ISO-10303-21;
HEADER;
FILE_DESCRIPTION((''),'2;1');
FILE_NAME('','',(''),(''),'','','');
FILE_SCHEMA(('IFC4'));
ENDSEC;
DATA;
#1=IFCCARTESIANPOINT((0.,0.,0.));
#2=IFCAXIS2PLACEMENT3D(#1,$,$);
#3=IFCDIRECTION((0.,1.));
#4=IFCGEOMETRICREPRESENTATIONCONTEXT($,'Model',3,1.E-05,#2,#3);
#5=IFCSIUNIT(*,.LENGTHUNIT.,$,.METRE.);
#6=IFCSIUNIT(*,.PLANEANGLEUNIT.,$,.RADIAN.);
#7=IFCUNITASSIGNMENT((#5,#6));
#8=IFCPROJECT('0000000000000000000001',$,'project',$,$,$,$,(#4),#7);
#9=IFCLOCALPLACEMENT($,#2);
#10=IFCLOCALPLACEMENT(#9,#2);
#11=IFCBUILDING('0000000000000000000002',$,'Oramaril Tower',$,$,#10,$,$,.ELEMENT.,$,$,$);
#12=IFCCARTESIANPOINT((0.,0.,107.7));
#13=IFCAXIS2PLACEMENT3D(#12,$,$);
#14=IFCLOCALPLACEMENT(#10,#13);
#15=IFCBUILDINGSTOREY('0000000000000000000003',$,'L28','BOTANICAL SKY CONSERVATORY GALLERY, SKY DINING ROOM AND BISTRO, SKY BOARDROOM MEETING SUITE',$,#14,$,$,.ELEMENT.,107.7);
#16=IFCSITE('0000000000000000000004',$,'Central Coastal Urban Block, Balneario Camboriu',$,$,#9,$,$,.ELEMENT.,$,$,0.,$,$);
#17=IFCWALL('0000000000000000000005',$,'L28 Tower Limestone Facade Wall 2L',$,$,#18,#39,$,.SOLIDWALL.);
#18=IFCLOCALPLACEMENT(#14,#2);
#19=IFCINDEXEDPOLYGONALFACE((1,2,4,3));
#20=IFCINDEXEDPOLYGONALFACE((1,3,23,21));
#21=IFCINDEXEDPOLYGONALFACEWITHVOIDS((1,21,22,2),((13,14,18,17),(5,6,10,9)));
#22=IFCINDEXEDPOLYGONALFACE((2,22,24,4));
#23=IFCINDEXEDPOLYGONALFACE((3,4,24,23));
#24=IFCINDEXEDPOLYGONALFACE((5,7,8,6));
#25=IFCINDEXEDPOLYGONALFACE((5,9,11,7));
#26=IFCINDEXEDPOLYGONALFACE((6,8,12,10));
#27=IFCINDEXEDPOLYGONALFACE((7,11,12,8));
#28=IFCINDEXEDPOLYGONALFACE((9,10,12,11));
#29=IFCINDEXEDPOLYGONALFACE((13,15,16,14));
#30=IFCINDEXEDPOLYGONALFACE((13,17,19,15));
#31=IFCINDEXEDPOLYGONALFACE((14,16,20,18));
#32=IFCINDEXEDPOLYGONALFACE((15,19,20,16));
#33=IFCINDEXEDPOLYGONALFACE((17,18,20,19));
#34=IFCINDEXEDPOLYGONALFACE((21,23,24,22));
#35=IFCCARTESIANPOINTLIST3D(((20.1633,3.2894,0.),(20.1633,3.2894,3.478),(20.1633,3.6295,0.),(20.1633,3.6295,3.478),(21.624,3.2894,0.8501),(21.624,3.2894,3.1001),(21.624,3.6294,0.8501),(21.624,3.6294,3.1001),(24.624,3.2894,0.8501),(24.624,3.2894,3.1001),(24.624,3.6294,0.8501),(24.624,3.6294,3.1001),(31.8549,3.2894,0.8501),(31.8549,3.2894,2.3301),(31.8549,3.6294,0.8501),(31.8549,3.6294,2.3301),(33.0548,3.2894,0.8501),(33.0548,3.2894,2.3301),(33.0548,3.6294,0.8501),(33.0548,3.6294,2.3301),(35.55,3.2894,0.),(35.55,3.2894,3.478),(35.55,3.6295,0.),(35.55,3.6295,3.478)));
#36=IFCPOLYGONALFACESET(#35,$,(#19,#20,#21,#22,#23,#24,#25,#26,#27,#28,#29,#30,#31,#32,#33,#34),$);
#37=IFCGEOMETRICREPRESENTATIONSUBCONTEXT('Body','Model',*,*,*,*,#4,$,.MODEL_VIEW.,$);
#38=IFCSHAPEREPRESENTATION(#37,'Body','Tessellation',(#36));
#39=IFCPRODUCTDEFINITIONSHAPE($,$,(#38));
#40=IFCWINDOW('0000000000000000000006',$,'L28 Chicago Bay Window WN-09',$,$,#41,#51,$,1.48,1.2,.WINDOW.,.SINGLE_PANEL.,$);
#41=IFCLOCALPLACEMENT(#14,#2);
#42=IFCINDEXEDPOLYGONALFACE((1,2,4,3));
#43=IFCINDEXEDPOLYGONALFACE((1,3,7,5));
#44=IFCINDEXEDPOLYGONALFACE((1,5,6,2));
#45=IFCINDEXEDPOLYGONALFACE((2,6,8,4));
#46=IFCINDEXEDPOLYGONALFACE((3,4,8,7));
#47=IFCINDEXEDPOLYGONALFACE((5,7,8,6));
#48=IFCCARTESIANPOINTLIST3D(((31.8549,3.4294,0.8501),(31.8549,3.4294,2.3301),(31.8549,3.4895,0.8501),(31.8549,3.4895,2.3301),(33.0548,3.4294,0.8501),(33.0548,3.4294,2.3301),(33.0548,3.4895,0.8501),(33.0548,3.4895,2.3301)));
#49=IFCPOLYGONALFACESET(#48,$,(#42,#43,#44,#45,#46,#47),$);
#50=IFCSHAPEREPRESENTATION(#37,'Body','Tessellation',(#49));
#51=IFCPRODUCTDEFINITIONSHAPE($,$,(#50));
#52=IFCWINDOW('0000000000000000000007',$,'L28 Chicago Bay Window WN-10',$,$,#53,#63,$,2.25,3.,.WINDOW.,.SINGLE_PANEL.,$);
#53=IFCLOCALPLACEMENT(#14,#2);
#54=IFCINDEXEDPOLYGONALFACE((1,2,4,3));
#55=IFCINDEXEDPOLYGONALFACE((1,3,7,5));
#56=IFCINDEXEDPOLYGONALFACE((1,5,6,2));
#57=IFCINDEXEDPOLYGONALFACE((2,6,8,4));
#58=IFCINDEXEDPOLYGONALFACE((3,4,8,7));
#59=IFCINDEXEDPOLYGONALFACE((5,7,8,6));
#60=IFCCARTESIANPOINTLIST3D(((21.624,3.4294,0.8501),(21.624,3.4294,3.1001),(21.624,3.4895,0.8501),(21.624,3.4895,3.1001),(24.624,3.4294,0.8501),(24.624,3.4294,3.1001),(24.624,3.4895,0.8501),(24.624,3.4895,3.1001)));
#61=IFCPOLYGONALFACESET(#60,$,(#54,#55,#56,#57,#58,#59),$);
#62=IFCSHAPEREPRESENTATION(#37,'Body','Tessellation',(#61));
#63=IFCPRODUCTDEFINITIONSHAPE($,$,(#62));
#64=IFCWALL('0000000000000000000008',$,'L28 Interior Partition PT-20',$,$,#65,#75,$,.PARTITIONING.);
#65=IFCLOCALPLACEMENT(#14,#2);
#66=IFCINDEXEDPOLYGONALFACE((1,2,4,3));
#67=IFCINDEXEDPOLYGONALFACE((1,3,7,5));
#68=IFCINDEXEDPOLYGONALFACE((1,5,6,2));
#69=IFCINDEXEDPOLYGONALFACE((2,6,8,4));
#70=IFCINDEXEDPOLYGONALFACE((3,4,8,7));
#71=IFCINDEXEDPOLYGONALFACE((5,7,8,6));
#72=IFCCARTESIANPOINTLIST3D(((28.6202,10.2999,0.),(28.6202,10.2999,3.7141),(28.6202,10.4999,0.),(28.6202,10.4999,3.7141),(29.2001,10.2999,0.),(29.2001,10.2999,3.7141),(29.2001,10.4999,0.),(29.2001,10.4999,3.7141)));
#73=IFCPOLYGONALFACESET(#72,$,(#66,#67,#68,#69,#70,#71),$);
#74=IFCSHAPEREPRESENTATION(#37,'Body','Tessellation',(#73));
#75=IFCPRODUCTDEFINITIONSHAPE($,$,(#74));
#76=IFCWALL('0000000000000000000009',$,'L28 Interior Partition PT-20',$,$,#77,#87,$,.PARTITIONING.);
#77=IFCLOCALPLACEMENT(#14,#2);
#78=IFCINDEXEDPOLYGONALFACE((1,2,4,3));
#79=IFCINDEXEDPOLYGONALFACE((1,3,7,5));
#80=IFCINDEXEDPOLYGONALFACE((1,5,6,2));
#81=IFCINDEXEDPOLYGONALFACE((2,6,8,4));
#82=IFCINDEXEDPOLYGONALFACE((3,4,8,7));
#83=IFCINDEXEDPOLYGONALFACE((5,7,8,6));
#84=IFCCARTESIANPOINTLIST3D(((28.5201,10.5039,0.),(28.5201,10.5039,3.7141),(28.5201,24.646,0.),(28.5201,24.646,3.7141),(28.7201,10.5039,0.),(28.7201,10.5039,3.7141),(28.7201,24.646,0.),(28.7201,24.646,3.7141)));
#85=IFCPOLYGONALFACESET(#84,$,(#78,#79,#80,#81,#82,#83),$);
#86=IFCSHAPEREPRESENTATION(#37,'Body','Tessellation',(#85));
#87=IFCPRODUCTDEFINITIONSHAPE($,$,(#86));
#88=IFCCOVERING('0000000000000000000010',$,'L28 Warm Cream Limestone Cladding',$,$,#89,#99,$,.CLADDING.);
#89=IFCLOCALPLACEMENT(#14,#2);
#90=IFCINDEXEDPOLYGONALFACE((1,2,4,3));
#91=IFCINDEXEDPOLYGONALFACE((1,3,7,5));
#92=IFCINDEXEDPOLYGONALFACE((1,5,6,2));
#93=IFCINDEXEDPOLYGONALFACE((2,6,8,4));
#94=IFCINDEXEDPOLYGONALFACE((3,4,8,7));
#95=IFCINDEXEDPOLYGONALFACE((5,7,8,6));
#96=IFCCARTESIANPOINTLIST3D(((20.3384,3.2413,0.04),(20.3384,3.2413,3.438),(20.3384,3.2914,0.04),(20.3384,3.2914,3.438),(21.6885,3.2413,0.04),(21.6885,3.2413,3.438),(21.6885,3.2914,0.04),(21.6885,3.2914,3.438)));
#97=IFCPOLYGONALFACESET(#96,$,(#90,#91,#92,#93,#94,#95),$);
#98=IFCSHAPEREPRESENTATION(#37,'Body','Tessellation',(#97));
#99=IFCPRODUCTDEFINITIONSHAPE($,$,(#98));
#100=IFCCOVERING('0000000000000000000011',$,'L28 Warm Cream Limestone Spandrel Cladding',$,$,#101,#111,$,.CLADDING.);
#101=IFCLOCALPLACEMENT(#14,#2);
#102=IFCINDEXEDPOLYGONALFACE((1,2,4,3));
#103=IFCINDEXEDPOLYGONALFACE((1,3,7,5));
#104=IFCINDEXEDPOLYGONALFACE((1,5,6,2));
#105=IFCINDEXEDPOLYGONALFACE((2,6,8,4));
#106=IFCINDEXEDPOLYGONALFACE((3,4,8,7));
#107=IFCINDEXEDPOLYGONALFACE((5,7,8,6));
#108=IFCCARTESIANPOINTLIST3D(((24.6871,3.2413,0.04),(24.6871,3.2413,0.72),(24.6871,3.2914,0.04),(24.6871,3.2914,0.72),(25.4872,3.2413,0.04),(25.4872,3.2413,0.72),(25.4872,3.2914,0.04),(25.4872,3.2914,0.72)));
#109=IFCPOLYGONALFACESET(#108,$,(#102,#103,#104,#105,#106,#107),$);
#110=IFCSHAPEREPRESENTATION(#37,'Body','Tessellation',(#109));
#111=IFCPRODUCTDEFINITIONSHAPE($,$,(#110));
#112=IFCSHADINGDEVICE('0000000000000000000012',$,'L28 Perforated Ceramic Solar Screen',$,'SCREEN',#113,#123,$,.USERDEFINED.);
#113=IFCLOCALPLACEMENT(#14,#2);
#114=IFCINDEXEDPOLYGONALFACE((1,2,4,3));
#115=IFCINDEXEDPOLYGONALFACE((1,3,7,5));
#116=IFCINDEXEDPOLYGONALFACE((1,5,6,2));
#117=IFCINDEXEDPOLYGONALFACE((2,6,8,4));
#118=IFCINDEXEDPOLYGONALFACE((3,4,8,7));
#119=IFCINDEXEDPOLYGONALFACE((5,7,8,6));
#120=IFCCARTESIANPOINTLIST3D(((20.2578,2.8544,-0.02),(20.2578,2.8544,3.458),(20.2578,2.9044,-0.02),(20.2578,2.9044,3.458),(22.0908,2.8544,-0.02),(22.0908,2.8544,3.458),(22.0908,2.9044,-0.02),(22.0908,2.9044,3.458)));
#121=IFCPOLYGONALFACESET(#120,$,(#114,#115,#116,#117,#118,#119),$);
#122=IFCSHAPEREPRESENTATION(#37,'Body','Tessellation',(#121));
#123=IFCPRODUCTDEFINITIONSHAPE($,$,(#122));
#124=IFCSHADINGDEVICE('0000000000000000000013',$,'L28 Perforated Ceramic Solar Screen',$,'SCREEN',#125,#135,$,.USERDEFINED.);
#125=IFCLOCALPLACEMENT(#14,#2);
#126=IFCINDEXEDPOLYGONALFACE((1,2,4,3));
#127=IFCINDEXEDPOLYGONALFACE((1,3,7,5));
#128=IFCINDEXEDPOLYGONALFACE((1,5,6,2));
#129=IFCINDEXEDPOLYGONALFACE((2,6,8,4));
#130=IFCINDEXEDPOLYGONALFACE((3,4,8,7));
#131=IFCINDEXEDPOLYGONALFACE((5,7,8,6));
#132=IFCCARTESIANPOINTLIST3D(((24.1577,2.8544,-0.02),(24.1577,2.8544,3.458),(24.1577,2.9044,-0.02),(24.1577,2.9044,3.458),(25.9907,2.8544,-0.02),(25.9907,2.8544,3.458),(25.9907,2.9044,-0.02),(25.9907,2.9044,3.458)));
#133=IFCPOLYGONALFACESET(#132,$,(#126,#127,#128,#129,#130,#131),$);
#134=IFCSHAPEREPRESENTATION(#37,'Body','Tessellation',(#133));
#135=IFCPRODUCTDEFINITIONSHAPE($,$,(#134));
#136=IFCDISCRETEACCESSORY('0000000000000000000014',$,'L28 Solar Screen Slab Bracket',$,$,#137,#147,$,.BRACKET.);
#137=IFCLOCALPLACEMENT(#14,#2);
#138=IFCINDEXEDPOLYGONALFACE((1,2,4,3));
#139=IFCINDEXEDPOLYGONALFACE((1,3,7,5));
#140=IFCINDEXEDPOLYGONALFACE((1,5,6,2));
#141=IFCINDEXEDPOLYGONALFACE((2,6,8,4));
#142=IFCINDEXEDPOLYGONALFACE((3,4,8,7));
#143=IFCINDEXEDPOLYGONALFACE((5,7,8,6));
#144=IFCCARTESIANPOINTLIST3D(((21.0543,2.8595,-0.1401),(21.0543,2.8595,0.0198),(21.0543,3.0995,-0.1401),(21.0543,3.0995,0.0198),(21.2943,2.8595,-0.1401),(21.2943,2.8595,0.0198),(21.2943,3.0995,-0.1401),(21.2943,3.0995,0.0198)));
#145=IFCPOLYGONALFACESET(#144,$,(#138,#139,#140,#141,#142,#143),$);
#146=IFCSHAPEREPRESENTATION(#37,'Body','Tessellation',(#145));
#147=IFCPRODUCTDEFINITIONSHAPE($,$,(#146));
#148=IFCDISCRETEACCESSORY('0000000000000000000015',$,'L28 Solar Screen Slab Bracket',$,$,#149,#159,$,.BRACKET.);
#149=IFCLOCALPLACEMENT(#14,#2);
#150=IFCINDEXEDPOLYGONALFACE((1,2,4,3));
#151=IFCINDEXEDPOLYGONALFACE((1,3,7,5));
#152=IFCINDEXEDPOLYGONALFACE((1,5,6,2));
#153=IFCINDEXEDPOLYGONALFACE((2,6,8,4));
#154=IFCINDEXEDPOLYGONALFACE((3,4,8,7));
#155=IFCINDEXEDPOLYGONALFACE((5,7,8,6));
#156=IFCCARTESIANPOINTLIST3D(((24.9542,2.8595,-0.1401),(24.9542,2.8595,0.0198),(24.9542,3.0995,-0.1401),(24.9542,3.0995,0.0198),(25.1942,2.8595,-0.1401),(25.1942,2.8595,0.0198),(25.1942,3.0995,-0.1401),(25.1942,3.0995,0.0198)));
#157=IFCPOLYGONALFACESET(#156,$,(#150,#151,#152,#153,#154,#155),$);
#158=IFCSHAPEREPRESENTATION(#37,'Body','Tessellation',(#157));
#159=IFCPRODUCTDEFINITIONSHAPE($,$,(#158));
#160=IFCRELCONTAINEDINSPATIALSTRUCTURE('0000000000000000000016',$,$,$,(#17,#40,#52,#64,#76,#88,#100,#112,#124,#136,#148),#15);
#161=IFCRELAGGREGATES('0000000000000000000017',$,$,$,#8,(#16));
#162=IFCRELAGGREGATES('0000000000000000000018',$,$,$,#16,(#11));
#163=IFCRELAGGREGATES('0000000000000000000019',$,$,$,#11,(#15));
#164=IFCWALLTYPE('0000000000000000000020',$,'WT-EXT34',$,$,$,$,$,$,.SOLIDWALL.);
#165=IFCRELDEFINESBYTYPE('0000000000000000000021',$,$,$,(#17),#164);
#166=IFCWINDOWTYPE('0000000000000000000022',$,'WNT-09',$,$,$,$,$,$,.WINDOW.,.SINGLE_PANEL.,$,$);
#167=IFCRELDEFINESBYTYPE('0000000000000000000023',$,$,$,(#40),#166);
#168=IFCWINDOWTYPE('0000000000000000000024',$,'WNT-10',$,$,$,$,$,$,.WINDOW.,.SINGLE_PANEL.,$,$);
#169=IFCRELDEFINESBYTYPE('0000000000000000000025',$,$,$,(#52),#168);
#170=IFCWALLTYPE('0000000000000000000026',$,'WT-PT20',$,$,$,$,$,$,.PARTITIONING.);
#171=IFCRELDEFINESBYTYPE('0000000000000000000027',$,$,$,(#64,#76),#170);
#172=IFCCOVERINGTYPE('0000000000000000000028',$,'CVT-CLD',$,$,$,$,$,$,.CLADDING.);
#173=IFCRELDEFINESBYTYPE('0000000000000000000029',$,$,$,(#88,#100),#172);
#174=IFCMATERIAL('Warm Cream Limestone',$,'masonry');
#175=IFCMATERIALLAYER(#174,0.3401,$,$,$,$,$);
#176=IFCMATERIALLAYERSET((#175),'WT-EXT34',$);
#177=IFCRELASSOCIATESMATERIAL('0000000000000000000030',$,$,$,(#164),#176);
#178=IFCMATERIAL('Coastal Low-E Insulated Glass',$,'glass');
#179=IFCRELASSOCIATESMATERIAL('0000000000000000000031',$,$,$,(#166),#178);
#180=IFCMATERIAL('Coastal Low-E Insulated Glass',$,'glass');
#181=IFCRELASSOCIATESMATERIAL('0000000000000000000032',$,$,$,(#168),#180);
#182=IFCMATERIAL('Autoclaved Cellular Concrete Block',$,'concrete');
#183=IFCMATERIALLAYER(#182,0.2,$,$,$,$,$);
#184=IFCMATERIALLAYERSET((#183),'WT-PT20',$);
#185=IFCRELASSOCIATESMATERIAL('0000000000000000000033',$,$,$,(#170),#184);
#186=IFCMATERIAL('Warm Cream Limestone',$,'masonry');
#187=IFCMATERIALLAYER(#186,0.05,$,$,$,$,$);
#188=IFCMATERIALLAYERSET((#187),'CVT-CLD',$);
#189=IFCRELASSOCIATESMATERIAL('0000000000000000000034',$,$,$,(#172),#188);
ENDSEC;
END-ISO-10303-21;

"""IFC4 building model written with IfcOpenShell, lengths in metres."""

from ifc_helpers import new_model, si_unit, direction, frame, frame_2d, origin, origin_2d, place, context, subcontext, project, spatial, rectangle, extrude, material, layer, layer_set, type_object, element, fill, save


model = new_model("IFC4")

# Units and contexts
model_context = context("Model", 3, precision=1e-05, world=origin(), true_north=direction((0.0, 1.0)))
body_context = subcontext(model_context, "Body", "Model", "MODEL_VIEW")
ifc_project = project(units=[si_unit("LENGTHUNIT", "METRE"), si_unit("PLANEANGLEUNIT", "RADIAN")], contexts=[model_context])

# Site, building, storey
site_placement = place(None, origin())
site = spatial("IfcSite", under=ifc_project, at=site_placement, Name="Central Coastal Urban Block, Balneario Camboriu", CompositionType="ELEMENT", RefElevation=0.0)
building_placement = place(site_placement, origin())
building = spatial("IfcBuilding", under=site, at=building_placement, Name="Oramaril Tower", CompositionType="ELEMENT")
storey_placement = place(building_placement, frame((0.0, 0.0, 107.7)))
storey = spatial("IfcBuildingStorey", under=building, at=storey_placement, Name="L28", Description="BOTANICAL SKY CONSERVATORY GALLERY, SKY DINING ROOM AND BISTRO, SKY BOARDROOM MEETING SUITE", CompositionType="ELEMENT", Elevation=107.7)

# Wall, openings, windows
ifc_material_1 = material(Name="Warm Cream Limestone", Category="masonry")
ifc_layer_1 = layer(ifc_material_1, 0.3401)
ifc_layer_set_1 = layer_set([ifc_layer_1], Name="WT-EXT34")
wall_type_1 = type_object("IfcWallType", Name="WT-EXT34", PredefinedType="SOLIDWALL", material=ifc_layer_set_1)
wall_1_placement = place(storey_placement, frame((20.1633, 3.4595, 0.0), z_axis=(0.0, 0.0, 1.0), x_axis=(1.0, 0.0, 0.0)))
wall_1 = element("IfcWall", 1, at=wall_1_placement, inside=storey, type_object=wall_type_1, Name="L28 Tower Limestone Facade Wall 2L", PredefinedType="SOLIDWALL", context=body_context, shape_type="SweptSolid", body=[
    extrude(rectangle(XDim=15.3867, YDim=0.3401, at=frame_2d((7.6934, 0.0))), origin(), (0.0, 0.0, 1.0), 3.478),
])
opening_1_placement = place(wall_1_placement, frame((1.4607, 0.0, 0.8501)))
opening_1 = element("IfcOpeningElement", 2, at=opening_1_placement, cuts=wall_1, PredefinedType="OPENING", context=body_context, shape_type="SweptSolid", body=[
    extrude(rectangle(XDim=3.0, YDim=2.25, at=frame_2d((1.5, 1.125))), frame((0.0, 0.1699, 0.0), z_axis=(0.0, -1.0, 0.0), x_axis=(1.0, 0.0, 0.0)), (0.0, 0.0, 1.0), 0.3401),
])
opening_2_placement = place(wall_1_placement, frame((11.6914, 0.0, 0.8501)))
opening_2 = element("IfcOpeningElement", 3, at=opening_2_placement, cuts=wall_1, PredefinedType="OPENING", context=body_context, shape_type="SweptSolid", body=[
    extrude(rectangle(XDim=1.2, YDim=1.48, at=frame_2d((0.6001, 0.74))), frame((0.0, 0.1699, 0.0), z_axis=(0.0, -1.0, 0.0), x_axis=(1.0, 0.0, 0.0)), (0.0, 0.0, 1.0), 0.3401),
])
ifc_material_2 = material(Name="Coastal Low-E Insulated Glass", Category="glass")
window_type_1 = type_object("IfcWindowType", Name="WNT-09", PartitioningType="SINGLE_PANEL", PredefinedType="WINDOW", material=ifc_material_2)
window_1_placement = place(opening_2_placement, origin())
window_1 = element("IfcWindow", 4, at=window_1_placement, inside=storey, type_object=window_type_1, Name="L28 Chicago Bay Window WN-09", OverallHeight=1.48, OverallWidth=1.2, PartitioningType="SINGLE_PANEL", PredefinedType="WINDOW", context=body_context, shape_type="SweptSolid", body=[
    extrude(rectangle(XDim=1.2, YDim=1.48, at=frame_2d((0.6001, 0.74))), frame((0.0, 0.03, 0.0), z_axis=(0.0, -1.0, 0.0), x_axis=(1.0, 0.0, 0.0)), (0.0, 0.0, 1.0), 0.0601),
])
fill(opening_2, window_1)
ifc_material_3 = material(Name="Coastal Low-E Insulated Glass", Category="glass")
window_type_2 = type_object("IfcWindowType", Name="WNT-10", PartitioningType="SINGLE_PANEL", PredefinedType="WINDOW", material=ifc_material_3)
window_2_placement = place(opening_1_placement, origin())
window_2 = element("IfcWindow", 5, at=window_2_placement, inside=storey, type_object=window_type_2, Name="L28 Chicago Bay Window WN-10", OverallHeight=2.25, OverallWidth=3.0, PartitioningType="SINGLE_PANEL", PredefinedType="WINDOW", context=body_context, shape_type="SweptSolid", body=[
    extrude(rectangle(XDim=3.0, YDim=2.25, at=frame_2d((1.5, 1.125))), frame((0.0, 0.03, 0.0), z_axis=(0.0, -1.0, 0.0), x_axis=(1.0, 0.0, 0.0)), (0.0, 0.0, 1.0), 0.0601),
])
fill(opening_1, window_2)

# Wall
ifc_material_4 = material(Name="Autoclaved Cellular Concrete Block", Category="concrete")
ifc_layer_2 = layer(ifc_material_4, 0.2)
ifc_layer_set_2 = layer_set([ifc_layer_2], Name="WT-PT20")
wall_type_2 = type_object("IfcWallType", Name="WT-PT20", PredefinedType="PARTITIONING", material=ifc_layer_set_2)
wall_2_placement = place(storey_placement, frame((28.6201, 10.3999, 0.0), z_axis=(0.0, 0.0, 1.0), x_axis=(1.0, 0.0, 0.0)))
element("IfcWall", 6, at=wall_2_placement, inside=storey, type_object=wall_type_2, Name="L28 Interior Partition PT-20", PredefinedType="PARTITIONING", context=body_context, shape_type="SweptSolid", body=[
    extrude(rectangle(XDim=0.5798, YDim=0.2, at=frame_2d((0.29, 0.0))), origin(), (0.0, 0.0, 1.0), 3.7141),
])

# Wall
wall_3_placement = place(storey_placement, frame((28.6201, 10.5039, 0.0), z_axis=(0.0, 0.0, 1.0), x_axis=(0.0, 1.0, 0.0)))
element("IfcWall", 7, at=wall_3_placement, inside=storey, type_object=wall_type_2, Name="L28 Interior Partition PT-20", PredefinedType="PARTITIONING", context=body_context, shape_type="SweptSolid", body=[
    extrude(rectangle(XDim=14.1421, YDim=0.2, at=frame_2d((7.071, 0.0))), origin(), (0.0, 0.0, 1.0), 3.7141),
])

# Coverings
ifc_material_5 = material(Name="Warm Cream Limestone", Category="masonry")
ifc_layer_3 = layer(ifc_material_5, 0.05)
ifc_layer_set_3 = layer_set([ifc_layer_3], Name="CVT-CLD")
covering_type = type_object("IfcCoveringType", Name="CVT-CLD", PredefinedType="CLADDING", material=ifc_layer_set_3)
covering_1_placement = place(storey_placement, frame((21.0134, 3.2664, 0.04), z_axis=(0.0, 0.0, 1.0), x_axis=(1.0, 0.0, 0.0)))
element("IfcCovering", 8, at=covering_1_placement, inside=storey, type_object=covering_type, Name="L28 Warm Cream Limestone Cladding", PredefinedType="CLADDING", context=body_context, shape_type="SweptSolid", body=[
    extrude(rectangle(XDim=1.3501, YDim=0.05, at=origin_2d()), origin(), (0.0, 0.0, 1.0), 3.3979),
])
covering_2_placement = place(storey_placement, frame((25.0872, 3.2664, 0.04), z_axis=(0.0, 0.0, 1.0), x_axis=(1.0, 0.0, 0.0)))
element("IfcCovering", 9, at=covering_2_placement, inside=storey, type_object=covering_type, Name="L28 Warm Cream Limestone Spandrel Cladding", PredefinedType="CLADDING", context=body_context, shape_type="SweptSolid", body=[
    extrude(rectangle(XDim=0.8, YDim=0.05, at=origin_2d()), origin(), (0.0, 0.0, 1.0), 0.6799),
])

# Shading devices
for number, where, z_axis, x_axis, name in (
    (10, (21.1743, 2.8794, -0.02), (0.0, 0.0, 1.0), (1.0, 0.0, 0.0), "L28 Perforated Ceramic Solar Screen"),
    (11, (25.0742, 2.8794, -0.02), (0.0, 0.0, 1.0), (1.0, 0.0, 0.0), "L28 Perforated Ceramic Solar Screen"),
):
    element("IfcShadingDevice", number, at=place(storey_placement, frame(where, z_axis=z_axis, x_axis=x_axis)), inside=storey, Name=name, ObjectType="SCREEN", PredefinedType="USERDEFINED", context=body_context, shape_type="SweptSolid", body=[
        extrude(rectangle(XDim=1.833, YDim=0.05, at=origin_2d()), origin(), (0.0, 0.0, 1.0), 3.478),
    ])

# Discrete accessories
for number, where, z_axis, x_axis, name in (
    (12, (21.1743, 2.9795, -0.1401), (0.0, 0.0, 1.0), (1.0, 0.0, 0.0), "L28 Solar Screen Slab Bracket"),
    (13, (25.0742, 2.9795, -0.1401), (0.0, 0.0, 1.0), (1.0, 0.0, 0.0), "L28 Solar Screen Slab Bracket"),
):
    element("IfcDiscreteAccessory", number, at=place(storey_placement, frame(where, z_axis=z_axis, x_axis=x_axis)), inside=storey, Name=name, PredefinedType="BRACKET", context=body_context, shape_type="SweptSolid", body=[
        extrude(rectangle(XDim=0.24, YDim=0.24, at=origin_2d()), origin(), (0.0, 0.0, 1.0), 0.1599),
    ])

save(model, "model.ifc")
